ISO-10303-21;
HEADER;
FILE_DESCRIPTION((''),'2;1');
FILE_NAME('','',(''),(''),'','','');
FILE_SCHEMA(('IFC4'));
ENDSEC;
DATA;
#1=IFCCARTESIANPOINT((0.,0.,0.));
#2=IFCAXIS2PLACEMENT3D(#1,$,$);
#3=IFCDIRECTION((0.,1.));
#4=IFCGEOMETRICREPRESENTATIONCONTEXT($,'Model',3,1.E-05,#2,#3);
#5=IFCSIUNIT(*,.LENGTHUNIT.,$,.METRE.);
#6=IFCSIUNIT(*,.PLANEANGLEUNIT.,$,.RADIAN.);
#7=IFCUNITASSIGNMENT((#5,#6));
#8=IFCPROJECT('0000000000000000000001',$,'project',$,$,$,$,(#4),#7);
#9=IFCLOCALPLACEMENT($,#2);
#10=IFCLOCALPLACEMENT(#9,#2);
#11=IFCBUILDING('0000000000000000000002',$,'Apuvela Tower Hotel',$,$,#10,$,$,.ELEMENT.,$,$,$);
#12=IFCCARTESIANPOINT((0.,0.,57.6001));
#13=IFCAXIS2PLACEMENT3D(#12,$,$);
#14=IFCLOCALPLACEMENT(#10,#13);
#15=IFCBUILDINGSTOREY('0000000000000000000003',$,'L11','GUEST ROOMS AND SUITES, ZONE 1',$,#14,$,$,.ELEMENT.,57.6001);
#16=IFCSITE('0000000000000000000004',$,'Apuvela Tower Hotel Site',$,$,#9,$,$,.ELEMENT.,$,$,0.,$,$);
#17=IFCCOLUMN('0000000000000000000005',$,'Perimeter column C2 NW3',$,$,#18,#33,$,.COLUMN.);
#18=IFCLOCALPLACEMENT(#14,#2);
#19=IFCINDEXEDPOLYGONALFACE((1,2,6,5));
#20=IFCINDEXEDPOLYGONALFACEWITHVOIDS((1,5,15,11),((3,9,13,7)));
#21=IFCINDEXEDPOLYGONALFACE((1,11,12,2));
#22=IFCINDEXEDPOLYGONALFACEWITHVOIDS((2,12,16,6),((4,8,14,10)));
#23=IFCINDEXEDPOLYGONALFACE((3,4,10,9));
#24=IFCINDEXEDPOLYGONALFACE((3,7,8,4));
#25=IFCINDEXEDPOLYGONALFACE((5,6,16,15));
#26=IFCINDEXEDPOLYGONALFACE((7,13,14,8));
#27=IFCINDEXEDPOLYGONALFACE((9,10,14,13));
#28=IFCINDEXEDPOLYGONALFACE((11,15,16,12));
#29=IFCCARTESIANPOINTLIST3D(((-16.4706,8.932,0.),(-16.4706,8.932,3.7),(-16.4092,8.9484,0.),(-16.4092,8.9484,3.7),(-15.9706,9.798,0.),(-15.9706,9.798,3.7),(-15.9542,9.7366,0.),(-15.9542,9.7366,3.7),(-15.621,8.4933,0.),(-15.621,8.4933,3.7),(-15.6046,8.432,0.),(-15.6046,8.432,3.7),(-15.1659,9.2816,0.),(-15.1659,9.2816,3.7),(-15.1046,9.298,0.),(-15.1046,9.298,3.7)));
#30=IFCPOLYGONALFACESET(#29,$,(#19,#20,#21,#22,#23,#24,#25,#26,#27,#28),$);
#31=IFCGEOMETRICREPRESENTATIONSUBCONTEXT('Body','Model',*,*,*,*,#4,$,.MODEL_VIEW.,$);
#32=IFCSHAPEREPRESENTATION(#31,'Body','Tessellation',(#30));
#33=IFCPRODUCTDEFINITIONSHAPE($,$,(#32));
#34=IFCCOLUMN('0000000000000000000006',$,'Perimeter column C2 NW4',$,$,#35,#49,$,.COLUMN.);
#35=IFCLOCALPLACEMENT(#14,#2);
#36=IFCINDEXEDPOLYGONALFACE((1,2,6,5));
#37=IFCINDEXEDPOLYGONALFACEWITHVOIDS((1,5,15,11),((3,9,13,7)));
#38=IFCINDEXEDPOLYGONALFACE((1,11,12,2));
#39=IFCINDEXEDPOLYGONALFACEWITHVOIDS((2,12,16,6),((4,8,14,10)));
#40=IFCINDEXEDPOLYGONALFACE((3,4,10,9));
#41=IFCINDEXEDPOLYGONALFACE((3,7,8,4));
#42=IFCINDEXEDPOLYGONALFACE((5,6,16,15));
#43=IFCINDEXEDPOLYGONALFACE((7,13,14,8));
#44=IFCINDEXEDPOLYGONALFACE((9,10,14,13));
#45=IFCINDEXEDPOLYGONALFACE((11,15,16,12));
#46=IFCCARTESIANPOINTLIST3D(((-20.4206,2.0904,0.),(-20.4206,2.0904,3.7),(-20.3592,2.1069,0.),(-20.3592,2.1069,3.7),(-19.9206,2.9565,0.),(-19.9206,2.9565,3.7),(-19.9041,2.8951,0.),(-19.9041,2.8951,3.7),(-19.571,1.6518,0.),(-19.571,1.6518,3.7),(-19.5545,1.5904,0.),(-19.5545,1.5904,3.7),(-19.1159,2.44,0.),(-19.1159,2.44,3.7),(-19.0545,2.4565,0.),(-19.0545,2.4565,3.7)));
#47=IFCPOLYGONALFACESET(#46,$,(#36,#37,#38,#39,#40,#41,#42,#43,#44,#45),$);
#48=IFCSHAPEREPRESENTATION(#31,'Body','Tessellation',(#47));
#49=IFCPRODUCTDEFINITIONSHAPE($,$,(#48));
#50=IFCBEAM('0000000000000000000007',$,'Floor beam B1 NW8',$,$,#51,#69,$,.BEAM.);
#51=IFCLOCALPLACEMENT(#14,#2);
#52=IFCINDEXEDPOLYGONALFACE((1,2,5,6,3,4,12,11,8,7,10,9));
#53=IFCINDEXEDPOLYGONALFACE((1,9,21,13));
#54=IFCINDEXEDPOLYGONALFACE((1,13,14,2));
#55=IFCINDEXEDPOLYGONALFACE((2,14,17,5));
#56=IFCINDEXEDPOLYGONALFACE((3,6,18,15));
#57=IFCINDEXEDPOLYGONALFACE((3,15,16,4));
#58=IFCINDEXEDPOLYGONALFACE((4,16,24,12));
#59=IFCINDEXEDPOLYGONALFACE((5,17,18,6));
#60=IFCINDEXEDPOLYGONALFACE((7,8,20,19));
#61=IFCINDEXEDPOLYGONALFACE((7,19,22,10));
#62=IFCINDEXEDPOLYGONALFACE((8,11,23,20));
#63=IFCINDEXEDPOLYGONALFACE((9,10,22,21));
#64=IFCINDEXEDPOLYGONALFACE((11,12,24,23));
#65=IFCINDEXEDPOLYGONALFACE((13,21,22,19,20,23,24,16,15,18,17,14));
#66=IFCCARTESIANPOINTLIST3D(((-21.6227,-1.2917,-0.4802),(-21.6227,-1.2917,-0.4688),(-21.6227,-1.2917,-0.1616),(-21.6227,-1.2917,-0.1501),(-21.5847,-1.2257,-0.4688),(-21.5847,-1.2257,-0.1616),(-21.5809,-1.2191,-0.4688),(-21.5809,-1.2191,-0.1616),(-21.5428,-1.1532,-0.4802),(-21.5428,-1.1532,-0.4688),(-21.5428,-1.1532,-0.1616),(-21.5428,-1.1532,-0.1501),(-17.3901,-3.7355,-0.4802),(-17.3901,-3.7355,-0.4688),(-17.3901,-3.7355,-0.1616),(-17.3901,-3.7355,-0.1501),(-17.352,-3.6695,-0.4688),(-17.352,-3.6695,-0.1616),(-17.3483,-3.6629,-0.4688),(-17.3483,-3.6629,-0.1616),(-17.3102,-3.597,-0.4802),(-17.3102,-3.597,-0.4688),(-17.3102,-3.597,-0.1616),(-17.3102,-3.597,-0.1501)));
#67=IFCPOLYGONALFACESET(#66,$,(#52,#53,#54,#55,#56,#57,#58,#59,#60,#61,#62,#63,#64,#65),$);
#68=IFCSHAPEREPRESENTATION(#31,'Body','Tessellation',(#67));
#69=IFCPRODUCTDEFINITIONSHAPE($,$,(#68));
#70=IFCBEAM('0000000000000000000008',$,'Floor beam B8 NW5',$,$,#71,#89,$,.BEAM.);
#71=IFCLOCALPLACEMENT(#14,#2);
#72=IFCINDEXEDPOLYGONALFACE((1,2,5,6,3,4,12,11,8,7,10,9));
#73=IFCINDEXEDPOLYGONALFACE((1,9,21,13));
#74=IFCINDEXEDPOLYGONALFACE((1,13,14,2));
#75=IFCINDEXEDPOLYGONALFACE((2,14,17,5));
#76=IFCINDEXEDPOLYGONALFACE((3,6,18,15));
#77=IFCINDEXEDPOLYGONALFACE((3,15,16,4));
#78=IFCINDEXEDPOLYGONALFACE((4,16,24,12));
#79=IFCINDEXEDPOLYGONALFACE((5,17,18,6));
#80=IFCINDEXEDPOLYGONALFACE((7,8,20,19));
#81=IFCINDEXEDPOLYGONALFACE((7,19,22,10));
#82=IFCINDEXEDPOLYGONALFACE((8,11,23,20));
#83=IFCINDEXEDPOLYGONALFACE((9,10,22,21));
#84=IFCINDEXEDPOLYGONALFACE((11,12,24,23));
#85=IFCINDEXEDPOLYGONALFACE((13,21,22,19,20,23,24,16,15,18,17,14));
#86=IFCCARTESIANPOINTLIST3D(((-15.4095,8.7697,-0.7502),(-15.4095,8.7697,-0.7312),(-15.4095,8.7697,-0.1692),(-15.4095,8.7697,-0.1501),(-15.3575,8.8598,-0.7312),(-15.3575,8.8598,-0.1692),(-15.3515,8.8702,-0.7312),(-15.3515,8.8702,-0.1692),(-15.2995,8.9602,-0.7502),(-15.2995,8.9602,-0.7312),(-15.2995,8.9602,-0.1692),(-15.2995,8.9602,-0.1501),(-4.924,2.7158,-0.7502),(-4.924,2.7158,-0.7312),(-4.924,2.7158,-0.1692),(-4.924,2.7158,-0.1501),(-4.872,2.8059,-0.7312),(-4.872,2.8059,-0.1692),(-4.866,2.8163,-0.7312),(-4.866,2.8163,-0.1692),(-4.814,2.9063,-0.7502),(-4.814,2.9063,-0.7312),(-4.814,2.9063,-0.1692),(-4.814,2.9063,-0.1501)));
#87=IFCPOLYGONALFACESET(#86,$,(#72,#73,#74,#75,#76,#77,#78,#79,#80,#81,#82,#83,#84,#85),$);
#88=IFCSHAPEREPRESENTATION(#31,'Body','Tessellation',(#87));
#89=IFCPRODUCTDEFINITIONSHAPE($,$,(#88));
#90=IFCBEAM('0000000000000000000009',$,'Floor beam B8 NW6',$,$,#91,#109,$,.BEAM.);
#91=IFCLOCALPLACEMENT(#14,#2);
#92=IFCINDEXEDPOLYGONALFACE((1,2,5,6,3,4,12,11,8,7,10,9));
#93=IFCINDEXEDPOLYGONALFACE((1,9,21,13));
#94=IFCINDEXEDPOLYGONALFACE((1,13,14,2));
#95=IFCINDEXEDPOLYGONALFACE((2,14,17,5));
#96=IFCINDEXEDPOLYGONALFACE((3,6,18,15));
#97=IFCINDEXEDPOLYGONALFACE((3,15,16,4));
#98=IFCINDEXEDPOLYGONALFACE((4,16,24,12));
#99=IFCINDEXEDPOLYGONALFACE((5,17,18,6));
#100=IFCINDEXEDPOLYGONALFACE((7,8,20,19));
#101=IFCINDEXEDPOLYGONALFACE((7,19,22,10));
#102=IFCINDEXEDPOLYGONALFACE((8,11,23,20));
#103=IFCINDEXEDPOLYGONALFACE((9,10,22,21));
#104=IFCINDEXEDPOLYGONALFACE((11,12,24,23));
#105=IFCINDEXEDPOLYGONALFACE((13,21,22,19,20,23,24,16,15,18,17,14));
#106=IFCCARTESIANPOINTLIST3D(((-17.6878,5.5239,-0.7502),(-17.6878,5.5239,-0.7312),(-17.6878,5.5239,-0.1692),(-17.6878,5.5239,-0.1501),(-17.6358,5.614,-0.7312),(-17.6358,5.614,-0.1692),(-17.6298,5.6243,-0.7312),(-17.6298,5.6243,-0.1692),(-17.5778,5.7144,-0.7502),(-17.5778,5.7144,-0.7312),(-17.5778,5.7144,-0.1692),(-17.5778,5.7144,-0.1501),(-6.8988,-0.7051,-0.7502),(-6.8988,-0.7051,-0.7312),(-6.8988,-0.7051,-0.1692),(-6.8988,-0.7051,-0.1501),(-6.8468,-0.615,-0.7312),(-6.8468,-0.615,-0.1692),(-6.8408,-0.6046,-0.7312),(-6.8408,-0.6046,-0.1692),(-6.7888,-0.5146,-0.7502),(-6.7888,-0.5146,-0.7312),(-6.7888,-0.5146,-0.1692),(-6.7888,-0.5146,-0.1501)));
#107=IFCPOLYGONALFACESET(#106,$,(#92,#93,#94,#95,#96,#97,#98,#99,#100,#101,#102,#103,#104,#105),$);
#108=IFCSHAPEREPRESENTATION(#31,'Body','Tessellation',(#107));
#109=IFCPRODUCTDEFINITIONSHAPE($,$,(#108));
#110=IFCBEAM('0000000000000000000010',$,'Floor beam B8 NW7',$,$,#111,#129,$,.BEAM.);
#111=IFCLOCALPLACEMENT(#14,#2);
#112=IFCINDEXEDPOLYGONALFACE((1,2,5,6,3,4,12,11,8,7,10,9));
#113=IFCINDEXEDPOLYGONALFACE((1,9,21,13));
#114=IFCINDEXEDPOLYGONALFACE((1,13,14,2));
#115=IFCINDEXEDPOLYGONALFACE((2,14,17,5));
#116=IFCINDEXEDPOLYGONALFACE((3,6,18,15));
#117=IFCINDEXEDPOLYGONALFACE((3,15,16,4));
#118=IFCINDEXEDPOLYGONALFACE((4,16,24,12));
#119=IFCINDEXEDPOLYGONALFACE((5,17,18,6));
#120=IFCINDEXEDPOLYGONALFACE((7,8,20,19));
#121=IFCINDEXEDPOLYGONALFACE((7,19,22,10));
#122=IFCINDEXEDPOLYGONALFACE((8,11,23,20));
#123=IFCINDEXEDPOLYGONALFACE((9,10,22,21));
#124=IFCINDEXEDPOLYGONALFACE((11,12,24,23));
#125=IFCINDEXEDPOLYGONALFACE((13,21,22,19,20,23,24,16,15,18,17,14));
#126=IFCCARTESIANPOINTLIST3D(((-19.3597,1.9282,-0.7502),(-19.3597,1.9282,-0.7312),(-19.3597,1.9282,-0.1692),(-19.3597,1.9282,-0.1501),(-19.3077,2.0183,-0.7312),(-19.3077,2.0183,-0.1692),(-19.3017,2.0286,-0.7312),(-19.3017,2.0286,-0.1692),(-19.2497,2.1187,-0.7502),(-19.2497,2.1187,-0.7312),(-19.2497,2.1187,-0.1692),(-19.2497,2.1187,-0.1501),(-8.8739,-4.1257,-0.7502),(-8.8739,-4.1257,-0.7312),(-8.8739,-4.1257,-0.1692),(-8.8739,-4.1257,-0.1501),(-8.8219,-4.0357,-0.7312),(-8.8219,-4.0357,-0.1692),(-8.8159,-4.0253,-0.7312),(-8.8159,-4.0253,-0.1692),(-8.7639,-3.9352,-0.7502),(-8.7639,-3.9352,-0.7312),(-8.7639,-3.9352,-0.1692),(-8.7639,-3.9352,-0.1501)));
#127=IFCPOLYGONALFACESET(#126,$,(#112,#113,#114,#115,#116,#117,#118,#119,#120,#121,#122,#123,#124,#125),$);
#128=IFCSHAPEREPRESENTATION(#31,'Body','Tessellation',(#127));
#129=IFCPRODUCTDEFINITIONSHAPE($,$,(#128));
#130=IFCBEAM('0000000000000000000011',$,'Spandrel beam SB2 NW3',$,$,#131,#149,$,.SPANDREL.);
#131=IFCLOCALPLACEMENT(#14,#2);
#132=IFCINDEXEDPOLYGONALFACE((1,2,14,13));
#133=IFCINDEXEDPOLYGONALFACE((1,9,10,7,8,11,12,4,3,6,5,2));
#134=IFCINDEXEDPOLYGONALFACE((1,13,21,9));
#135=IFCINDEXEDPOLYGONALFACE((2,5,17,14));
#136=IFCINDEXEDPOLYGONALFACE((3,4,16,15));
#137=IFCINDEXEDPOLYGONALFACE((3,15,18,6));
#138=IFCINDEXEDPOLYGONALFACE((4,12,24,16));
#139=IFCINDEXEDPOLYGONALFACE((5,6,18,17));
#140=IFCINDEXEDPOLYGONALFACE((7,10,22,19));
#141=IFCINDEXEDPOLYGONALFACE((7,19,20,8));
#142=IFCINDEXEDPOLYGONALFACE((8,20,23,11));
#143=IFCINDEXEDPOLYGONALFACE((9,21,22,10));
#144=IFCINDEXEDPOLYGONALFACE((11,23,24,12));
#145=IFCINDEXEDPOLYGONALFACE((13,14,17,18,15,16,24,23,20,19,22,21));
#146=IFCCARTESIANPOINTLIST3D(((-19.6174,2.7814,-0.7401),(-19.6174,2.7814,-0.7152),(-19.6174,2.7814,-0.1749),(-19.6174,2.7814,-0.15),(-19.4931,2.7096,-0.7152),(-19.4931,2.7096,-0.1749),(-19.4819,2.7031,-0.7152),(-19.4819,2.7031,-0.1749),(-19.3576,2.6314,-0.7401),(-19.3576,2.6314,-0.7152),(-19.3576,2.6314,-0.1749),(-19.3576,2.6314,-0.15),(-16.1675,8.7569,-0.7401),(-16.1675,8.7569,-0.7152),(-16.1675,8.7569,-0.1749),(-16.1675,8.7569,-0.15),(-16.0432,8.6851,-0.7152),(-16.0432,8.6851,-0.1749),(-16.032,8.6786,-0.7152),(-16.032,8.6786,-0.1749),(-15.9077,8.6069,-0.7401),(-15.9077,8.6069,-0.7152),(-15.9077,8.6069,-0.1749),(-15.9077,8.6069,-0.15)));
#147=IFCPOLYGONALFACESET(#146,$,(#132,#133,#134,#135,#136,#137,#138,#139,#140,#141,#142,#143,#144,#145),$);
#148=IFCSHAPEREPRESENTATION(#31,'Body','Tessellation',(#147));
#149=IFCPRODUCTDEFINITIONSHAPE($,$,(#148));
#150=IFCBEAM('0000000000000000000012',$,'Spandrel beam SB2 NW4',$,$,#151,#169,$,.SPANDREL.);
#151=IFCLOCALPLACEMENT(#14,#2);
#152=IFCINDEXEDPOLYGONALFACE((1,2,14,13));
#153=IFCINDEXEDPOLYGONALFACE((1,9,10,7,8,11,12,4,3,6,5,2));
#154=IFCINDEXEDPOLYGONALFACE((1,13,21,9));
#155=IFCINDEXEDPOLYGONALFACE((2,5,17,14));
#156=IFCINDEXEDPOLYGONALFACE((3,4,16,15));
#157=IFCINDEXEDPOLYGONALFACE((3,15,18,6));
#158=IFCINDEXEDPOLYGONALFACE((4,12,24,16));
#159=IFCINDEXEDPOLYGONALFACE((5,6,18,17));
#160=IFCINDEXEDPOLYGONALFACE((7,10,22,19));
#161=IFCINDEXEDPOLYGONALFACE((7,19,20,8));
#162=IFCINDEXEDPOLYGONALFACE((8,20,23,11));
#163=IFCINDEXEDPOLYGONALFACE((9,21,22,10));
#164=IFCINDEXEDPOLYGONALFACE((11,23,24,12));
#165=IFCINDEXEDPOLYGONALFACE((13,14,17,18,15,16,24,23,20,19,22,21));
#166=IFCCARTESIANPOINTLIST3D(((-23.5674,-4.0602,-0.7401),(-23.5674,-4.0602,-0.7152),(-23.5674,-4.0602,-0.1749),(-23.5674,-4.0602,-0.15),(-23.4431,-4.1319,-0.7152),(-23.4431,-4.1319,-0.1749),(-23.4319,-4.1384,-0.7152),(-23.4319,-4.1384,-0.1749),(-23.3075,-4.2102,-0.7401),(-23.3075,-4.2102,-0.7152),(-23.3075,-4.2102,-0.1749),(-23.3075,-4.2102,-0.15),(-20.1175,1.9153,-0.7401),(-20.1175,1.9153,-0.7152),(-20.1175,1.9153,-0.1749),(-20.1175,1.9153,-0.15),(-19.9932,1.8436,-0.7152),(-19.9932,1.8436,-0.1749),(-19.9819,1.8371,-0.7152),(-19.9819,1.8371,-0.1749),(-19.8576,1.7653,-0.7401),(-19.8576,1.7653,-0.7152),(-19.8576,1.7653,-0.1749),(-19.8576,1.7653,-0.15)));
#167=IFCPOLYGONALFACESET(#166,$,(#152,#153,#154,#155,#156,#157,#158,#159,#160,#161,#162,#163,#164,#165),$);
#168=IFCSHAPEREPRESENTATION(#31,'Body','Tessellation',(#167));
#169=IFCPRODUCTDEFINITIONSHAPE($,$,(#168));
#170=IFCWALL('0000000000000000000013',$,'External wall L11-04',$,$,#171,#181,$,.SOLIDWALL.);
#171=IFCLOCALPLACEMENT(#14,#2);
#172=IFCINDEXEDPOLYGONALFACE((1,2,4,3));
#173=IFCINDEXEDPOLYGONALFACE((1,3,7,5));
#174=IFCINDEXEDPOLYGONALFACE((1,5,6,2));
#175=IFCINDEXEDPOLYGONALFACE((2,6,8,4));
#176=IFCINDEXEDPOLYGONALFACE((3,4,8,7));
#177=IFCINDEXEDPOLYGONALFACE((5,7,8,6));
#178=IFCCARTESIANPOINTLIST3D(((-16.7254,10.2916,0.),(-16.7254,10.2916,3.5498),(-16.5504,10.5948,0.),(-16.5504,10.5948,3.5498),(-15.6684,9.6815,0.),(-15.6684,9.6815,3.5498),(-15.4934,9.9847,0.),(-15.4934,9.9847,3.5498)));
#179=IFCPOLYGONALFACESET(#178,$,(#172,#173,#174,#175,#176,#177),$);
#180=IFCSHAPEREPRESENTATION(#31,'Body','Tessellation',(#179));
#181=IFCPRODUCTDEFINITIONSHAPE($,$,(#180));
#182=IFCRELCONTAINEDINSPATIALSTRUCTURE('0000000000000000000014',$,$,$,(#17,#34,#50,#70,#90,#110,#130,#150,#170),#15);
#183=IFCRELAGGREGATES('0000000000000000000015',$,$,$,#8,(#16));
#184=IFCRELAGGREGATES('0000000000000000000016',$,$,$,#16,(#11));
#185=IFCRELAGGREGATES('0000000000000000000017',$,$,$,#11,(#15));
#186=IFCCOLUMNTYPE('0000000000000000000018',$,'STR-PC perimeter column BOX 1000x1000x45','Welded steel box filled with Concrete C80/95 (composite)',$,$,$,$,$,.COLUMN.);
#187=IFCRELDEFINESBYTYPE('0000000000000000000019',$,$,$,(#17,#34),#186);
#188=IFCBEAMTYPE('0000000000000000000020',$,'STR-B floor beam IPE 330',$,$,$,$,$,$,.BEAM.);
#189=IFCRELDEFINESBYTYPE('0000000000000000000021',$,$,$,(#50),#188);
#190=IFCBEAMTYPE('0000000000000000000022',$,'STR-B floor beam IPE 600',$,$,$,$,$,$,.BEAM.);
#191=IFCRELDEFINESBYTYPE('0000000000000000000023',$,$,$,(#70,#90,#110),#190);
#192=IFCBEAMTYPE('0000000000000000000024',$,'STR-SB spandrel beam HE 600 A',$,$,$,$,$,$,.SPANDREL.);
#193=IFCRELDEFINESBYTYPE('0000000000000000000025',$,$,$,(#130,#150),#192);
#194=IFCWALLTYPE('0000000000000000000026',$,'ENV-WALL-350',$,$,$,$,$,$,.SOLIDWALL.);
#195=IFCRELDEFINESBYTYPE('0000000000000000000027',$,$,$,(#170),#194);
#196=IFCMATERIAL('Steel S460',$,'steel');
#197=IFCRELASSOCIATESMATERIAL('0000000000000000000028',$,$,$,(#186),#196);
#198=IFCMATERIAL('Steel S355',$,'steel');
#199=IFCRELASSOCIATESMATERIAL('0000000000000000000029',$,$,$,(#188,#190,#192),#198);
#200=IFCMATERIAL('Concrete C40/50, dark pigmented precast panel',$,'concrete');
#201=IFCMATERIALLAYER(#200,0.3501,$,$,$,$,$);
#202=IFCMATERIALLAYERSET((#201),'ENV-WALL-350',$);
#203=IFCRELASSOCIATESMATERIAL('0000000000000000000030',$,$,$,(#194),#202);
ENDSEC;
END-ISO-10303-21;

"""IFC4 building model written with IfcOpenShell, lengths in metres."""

from ifc_helpers import new_model, si_unit, direction, frame, frame_2d, origin, origin_2d, place, context, subcontext, project, spatial, rectangle, hollow_rectangle, i_section, extrude, material, layer, layer_set, material_profile, profile_set, type_object, element, save


model = new_model("IFC4")

# Units and contexts
model_context = context("Model", 3, precision=1e-05, world=origin(), true_north=direction((0.0, 1.0)))
body_context = subcontext(model_context, "Body", "Model", "MODEL_VIEW")
ifc_project = project(units=[si_unit("LENGTHUNIT", "METRE"), si_unit("PLANEANGLEUNIT", "RADIAN")], contexts=[model_context])

# Site, building, storey
site_placement = place(None, origin())
site = spatial("IfcSite", under=ifc_project, at=site_placement, Name="Apuvela Tower Hotel Site", CompositionType="ELEMENT", RefElevation=0.0)
building_placement = place(site_placement, origin())
building = spatial("IfcBuilding", under=site, at=building_placement, Name="Apuvela Tower Hotel", CompositionType="ELEMENT")
storey_placement = place(building_placement, frame((0.0, 0.0, 57.6001)))
storey = spatial("IfcBuildingStorey", under=building, at=storey_placement, Name="L11", Description="GUEST ROOMS AND SUITES, ZONE 1", CompositionType="ELEMENT", Elevation=57.6001)

# Columns
ifc_material_1 = material(Name="Steel S460", Category="steel")
ifc_material_profile_1 = material_profile(ifc_material_1, hollow_rectangle(XDim=1.0, YDim=1.0, WallThickness=0.0449, at=origin_2d()), Name="BOX 1000x1000x45")
ifc_material_2 = material(Name="Concrete C80/95", Category="concrete")
ifc_material_profile_2 = material_profile(ifc_material_2, rectangle(XDim=0.9099, YDim=0.9099, at=origin_2d()), Name="Concrete C80/95 infill")
ifc_profile_set_1 = profile_set([ifc_material_profile_1, ifc_material_profile_2], Name="Steel S460")
column_type = type_object("IfcColumnType", Name="STR-PC perimeter column BOX 1000x1000x45", Description="Welded steel box filled with Concrete C80/95 (composite)", PredefinedType="COLUMN", material=ifc_profile_set_1)
for number, where, z_axis, x_axis, name in (
    (1, (-15.7876, 9.115, 0.0), (0.0, 0.0, 1.0), (0.5, 0.866025, 0.0), "Perimeter column C2 NW3"),
    (2, (-19.7375, 2.2734, 0.0), (0.0, 0.0, 1.0), (0.5, 0.866025, 0.0), "Perimeter column C2 NW4"),
):
    element("IfcColumn", number, at=place(storey_placement, frame(where, z_axis=z_axis, x_axis=x_axis)), inside=storey, type_object=column_type, Name=name, PredefinedType="COLUMN", context=body_context, shape_type="SweptSolid", body=[
        extrude(hollow_rectangle(XDim=1.0, YDim=1.0, WallThickness=0.0449, at=origin_2d()), origin(), (0.0, 0.0, 1.0), 3.7),
    ])

# Beams
ifc_material_3 = material(Name="Steel S355", Category="steel")
ifc_material_profile_3 = material_profile(ifc_material_3, i_section(OverallWidth=0.1599, OverallDepth=0.3301, WebThickness=0.0076, FlangeThickness=0.0115, at=origin_2d()), Name="IPE 330")
ifc_profile_set_2 = profile_set([ifc_material_profile_3], Name="Steel S355")
beam_type_1 = type_object("IfcBeamType", Name="STR-B floor beam IPE 330", PredefinedType="BEAM", material=ifc_profile_set_2)
beam_1_placement = place(storey_placement, frame((-21.5828, -1.2224, -0.3152), z_axis=(0.866015, -0.500018, 0.0), x_axis=(0.500018, 0.866015, 0.0)))
element("IfcBeam", 3, at=beam_1_placement, inside=storey, type_object=beam_type_1, Name="Floor beam B1 NW8", PredefinedType="BEAM", context=body_context, shape_type="SweptSolid", body=[
    extrude(i_section(OverallWidth=0.1599, OverallDepth=0.3301, WebThickness=0.0076, FlangeThickness=0.0115, at=origin_2d()), origin(), (0.0, 0.0, 1.0), 4.8875),
])
ifc_material_profile_4 = material_profile(ifc_material_3, i_section(OverallWidth=0.22, OverallDepth=0.6001, WebThickness=0.012, FlangeThickness=0.019, at=origin_2d()), Name="IPE 600")
ifc_profile_set_3 = profile_set([ifc_material_profile_4], Name="Steel S355")
beam_type_2 = type_object("IfcBeamType", Name="STR-B floor beam IPE 600", PredefinedType="BEAM", material=ifc_profile_set_3)
beam_2_placement = place(storey_placement, frame((-15.3545, 8.865, -0.4502), z_axis=(0.866022, -0.500006, 0.0), x_axis=(0.500006, 0.866022, 0.0)))
element("IfcBeam", 4, at=beam_2_placement, inside=storey, type_object=beam_type_2, Name="Floor beam B8 NW5", PredefinedType="BEAM", context=body_context, shape_type="SweptSolid", body=[
    extrude(i_section(OverallWidth=0.22, OverallDepth=0.6001, WebThickness=0.012, FlangeThickness=0.019, at=origin_2d()), origin(), (0.0, 0.0, 1.0), 12.1077),
])
beam_3_placement = place(storey_placement, frame((-17.6328, 5.6191, -0.4502), z_axis=(0.866028, -0.499996, 0.0), x_axis=(0.499996, 0.866028, 0.0)))
element("IfcBeam", 5, at=beam_3_placement, inside=storey, type_object=beam_type_2, Name="Floor beam B8 NW6", PredefinedType="BEAM", context=body_context, shape_type="SweptSolid", body=[
    extrude(i_section(OverallWidth=0.22, OverallDepth=0.6001, WebThickness=0.012, FlangeThickness=0.019, at=origin_2d()), origin(), (0.0, 0.0, 1.0), 12.458),
])
beam_4_placement = place(storey_placement, frame((-19.3047, 2.0234, -0.4502), z_axis=(0.866027, -0.499997, 0.0), x_axis=(0.499997, 0.866027, 0.0)))
element("IfcBeam", 6, at=beam_4_placement, inside=storey, type_object=beam_type_2, Name="Floor beam B8 NW7", PredefinedType="BEAM", context=body_context, shape_type="SweptSolid", body=[
    extrude(i_section(OverallWidth=0.22, OverallDepth=0.6001, WebThickness=0.012, FlangeThickness=0.019, at=origin_2d()), origin(), (0.0, 0.0, 1.0), 12.1079),
])
ifc_material_profile_5 = material_profile(ifc_material_3, i_section(OverallWidth=0.3, OverallDepth=0.5901, WebThickness=0.0129, FlangeThickness=0.0249, at=origin_2d()), Name="HE 600 A")
ifc_profile_set_4 = profile_set([ifc_material_profile_5], Name="Steel S355")
beam_type_3 = type_object("IfcBeamType", Name="STR-SB spandrel beam HE 600 A", PredefinedType="SPANDREL", material=ifc_profile_set_4)
for number, where, z_axis, x_axis, name in (
    (7, (-16.0376, 8.6819, -0.4451), (-0.499994, -0.866029, 0.0), (0.866029, -0.499994, 0.0), "Spandrel beam SB2 NW3"),
    (8, (-19.9875, 1.8403, -0.4451), (-0.499994, -0.866029, 0.0), (0.866029, -0.499994, 0.0), "Spandrel beam SB2 NW4"),
):
    element("IfcBeam", number, at=place(storey_placement, frame(where, z_axis=z_axis, x_axis=x_axis)), inside=storey, type_object=beam_type_3, Name=name, PredefinedType="SPANDREL", context=body_context, shape_type="SweptSolid", body=[
        extrude(i_section(OverallWidth=0.3, OverallDepth=0.5901, WebThickness=0.0129, FlangeThickness=0.0249, at=origin_2d()), origin(), (0.0, 0.0, 1.0), 6.8999),
    ])

# Wall
ifc_material_4 = material(Name="Concrete C40/50, dark pigmented precast panel", Category="concrete")
ifc_layer_1 = layer(ifc_material_4, 0.3501)
ifc_layer_set_1 = layer_set([ifc_layer_1], Name="ENV-WALL-350")
wall_type_1 = type_object("IfcWallType", Name="ENV-WALL-350", PredefinedType="SOLIDWALL", material=ifc_layer_set_1)
wall_1_placement = place(storey_placement, frame((-15.5808, 9.833, 0.0), z_axis=(0.0, 0.0, 1.0), x_axis=(-0.866056, 0.499948, 0.0)))
element("IfcWall", 9, at=wall_1_placement, inside=storey, type_object=wall_type_1, Name="External wall L11-04", PredefinedType="SOLIDWALL", context=body_context, shape_type="SweptSolid", body=[
    extrude(rectangle(XDim=1.2205, YDim=0.3501, at=frame_2d((0.6104, 0.0))), origin(), (0.0, 0.0, 1.0), 3.5498),
])

save(model, "model.ifc")
